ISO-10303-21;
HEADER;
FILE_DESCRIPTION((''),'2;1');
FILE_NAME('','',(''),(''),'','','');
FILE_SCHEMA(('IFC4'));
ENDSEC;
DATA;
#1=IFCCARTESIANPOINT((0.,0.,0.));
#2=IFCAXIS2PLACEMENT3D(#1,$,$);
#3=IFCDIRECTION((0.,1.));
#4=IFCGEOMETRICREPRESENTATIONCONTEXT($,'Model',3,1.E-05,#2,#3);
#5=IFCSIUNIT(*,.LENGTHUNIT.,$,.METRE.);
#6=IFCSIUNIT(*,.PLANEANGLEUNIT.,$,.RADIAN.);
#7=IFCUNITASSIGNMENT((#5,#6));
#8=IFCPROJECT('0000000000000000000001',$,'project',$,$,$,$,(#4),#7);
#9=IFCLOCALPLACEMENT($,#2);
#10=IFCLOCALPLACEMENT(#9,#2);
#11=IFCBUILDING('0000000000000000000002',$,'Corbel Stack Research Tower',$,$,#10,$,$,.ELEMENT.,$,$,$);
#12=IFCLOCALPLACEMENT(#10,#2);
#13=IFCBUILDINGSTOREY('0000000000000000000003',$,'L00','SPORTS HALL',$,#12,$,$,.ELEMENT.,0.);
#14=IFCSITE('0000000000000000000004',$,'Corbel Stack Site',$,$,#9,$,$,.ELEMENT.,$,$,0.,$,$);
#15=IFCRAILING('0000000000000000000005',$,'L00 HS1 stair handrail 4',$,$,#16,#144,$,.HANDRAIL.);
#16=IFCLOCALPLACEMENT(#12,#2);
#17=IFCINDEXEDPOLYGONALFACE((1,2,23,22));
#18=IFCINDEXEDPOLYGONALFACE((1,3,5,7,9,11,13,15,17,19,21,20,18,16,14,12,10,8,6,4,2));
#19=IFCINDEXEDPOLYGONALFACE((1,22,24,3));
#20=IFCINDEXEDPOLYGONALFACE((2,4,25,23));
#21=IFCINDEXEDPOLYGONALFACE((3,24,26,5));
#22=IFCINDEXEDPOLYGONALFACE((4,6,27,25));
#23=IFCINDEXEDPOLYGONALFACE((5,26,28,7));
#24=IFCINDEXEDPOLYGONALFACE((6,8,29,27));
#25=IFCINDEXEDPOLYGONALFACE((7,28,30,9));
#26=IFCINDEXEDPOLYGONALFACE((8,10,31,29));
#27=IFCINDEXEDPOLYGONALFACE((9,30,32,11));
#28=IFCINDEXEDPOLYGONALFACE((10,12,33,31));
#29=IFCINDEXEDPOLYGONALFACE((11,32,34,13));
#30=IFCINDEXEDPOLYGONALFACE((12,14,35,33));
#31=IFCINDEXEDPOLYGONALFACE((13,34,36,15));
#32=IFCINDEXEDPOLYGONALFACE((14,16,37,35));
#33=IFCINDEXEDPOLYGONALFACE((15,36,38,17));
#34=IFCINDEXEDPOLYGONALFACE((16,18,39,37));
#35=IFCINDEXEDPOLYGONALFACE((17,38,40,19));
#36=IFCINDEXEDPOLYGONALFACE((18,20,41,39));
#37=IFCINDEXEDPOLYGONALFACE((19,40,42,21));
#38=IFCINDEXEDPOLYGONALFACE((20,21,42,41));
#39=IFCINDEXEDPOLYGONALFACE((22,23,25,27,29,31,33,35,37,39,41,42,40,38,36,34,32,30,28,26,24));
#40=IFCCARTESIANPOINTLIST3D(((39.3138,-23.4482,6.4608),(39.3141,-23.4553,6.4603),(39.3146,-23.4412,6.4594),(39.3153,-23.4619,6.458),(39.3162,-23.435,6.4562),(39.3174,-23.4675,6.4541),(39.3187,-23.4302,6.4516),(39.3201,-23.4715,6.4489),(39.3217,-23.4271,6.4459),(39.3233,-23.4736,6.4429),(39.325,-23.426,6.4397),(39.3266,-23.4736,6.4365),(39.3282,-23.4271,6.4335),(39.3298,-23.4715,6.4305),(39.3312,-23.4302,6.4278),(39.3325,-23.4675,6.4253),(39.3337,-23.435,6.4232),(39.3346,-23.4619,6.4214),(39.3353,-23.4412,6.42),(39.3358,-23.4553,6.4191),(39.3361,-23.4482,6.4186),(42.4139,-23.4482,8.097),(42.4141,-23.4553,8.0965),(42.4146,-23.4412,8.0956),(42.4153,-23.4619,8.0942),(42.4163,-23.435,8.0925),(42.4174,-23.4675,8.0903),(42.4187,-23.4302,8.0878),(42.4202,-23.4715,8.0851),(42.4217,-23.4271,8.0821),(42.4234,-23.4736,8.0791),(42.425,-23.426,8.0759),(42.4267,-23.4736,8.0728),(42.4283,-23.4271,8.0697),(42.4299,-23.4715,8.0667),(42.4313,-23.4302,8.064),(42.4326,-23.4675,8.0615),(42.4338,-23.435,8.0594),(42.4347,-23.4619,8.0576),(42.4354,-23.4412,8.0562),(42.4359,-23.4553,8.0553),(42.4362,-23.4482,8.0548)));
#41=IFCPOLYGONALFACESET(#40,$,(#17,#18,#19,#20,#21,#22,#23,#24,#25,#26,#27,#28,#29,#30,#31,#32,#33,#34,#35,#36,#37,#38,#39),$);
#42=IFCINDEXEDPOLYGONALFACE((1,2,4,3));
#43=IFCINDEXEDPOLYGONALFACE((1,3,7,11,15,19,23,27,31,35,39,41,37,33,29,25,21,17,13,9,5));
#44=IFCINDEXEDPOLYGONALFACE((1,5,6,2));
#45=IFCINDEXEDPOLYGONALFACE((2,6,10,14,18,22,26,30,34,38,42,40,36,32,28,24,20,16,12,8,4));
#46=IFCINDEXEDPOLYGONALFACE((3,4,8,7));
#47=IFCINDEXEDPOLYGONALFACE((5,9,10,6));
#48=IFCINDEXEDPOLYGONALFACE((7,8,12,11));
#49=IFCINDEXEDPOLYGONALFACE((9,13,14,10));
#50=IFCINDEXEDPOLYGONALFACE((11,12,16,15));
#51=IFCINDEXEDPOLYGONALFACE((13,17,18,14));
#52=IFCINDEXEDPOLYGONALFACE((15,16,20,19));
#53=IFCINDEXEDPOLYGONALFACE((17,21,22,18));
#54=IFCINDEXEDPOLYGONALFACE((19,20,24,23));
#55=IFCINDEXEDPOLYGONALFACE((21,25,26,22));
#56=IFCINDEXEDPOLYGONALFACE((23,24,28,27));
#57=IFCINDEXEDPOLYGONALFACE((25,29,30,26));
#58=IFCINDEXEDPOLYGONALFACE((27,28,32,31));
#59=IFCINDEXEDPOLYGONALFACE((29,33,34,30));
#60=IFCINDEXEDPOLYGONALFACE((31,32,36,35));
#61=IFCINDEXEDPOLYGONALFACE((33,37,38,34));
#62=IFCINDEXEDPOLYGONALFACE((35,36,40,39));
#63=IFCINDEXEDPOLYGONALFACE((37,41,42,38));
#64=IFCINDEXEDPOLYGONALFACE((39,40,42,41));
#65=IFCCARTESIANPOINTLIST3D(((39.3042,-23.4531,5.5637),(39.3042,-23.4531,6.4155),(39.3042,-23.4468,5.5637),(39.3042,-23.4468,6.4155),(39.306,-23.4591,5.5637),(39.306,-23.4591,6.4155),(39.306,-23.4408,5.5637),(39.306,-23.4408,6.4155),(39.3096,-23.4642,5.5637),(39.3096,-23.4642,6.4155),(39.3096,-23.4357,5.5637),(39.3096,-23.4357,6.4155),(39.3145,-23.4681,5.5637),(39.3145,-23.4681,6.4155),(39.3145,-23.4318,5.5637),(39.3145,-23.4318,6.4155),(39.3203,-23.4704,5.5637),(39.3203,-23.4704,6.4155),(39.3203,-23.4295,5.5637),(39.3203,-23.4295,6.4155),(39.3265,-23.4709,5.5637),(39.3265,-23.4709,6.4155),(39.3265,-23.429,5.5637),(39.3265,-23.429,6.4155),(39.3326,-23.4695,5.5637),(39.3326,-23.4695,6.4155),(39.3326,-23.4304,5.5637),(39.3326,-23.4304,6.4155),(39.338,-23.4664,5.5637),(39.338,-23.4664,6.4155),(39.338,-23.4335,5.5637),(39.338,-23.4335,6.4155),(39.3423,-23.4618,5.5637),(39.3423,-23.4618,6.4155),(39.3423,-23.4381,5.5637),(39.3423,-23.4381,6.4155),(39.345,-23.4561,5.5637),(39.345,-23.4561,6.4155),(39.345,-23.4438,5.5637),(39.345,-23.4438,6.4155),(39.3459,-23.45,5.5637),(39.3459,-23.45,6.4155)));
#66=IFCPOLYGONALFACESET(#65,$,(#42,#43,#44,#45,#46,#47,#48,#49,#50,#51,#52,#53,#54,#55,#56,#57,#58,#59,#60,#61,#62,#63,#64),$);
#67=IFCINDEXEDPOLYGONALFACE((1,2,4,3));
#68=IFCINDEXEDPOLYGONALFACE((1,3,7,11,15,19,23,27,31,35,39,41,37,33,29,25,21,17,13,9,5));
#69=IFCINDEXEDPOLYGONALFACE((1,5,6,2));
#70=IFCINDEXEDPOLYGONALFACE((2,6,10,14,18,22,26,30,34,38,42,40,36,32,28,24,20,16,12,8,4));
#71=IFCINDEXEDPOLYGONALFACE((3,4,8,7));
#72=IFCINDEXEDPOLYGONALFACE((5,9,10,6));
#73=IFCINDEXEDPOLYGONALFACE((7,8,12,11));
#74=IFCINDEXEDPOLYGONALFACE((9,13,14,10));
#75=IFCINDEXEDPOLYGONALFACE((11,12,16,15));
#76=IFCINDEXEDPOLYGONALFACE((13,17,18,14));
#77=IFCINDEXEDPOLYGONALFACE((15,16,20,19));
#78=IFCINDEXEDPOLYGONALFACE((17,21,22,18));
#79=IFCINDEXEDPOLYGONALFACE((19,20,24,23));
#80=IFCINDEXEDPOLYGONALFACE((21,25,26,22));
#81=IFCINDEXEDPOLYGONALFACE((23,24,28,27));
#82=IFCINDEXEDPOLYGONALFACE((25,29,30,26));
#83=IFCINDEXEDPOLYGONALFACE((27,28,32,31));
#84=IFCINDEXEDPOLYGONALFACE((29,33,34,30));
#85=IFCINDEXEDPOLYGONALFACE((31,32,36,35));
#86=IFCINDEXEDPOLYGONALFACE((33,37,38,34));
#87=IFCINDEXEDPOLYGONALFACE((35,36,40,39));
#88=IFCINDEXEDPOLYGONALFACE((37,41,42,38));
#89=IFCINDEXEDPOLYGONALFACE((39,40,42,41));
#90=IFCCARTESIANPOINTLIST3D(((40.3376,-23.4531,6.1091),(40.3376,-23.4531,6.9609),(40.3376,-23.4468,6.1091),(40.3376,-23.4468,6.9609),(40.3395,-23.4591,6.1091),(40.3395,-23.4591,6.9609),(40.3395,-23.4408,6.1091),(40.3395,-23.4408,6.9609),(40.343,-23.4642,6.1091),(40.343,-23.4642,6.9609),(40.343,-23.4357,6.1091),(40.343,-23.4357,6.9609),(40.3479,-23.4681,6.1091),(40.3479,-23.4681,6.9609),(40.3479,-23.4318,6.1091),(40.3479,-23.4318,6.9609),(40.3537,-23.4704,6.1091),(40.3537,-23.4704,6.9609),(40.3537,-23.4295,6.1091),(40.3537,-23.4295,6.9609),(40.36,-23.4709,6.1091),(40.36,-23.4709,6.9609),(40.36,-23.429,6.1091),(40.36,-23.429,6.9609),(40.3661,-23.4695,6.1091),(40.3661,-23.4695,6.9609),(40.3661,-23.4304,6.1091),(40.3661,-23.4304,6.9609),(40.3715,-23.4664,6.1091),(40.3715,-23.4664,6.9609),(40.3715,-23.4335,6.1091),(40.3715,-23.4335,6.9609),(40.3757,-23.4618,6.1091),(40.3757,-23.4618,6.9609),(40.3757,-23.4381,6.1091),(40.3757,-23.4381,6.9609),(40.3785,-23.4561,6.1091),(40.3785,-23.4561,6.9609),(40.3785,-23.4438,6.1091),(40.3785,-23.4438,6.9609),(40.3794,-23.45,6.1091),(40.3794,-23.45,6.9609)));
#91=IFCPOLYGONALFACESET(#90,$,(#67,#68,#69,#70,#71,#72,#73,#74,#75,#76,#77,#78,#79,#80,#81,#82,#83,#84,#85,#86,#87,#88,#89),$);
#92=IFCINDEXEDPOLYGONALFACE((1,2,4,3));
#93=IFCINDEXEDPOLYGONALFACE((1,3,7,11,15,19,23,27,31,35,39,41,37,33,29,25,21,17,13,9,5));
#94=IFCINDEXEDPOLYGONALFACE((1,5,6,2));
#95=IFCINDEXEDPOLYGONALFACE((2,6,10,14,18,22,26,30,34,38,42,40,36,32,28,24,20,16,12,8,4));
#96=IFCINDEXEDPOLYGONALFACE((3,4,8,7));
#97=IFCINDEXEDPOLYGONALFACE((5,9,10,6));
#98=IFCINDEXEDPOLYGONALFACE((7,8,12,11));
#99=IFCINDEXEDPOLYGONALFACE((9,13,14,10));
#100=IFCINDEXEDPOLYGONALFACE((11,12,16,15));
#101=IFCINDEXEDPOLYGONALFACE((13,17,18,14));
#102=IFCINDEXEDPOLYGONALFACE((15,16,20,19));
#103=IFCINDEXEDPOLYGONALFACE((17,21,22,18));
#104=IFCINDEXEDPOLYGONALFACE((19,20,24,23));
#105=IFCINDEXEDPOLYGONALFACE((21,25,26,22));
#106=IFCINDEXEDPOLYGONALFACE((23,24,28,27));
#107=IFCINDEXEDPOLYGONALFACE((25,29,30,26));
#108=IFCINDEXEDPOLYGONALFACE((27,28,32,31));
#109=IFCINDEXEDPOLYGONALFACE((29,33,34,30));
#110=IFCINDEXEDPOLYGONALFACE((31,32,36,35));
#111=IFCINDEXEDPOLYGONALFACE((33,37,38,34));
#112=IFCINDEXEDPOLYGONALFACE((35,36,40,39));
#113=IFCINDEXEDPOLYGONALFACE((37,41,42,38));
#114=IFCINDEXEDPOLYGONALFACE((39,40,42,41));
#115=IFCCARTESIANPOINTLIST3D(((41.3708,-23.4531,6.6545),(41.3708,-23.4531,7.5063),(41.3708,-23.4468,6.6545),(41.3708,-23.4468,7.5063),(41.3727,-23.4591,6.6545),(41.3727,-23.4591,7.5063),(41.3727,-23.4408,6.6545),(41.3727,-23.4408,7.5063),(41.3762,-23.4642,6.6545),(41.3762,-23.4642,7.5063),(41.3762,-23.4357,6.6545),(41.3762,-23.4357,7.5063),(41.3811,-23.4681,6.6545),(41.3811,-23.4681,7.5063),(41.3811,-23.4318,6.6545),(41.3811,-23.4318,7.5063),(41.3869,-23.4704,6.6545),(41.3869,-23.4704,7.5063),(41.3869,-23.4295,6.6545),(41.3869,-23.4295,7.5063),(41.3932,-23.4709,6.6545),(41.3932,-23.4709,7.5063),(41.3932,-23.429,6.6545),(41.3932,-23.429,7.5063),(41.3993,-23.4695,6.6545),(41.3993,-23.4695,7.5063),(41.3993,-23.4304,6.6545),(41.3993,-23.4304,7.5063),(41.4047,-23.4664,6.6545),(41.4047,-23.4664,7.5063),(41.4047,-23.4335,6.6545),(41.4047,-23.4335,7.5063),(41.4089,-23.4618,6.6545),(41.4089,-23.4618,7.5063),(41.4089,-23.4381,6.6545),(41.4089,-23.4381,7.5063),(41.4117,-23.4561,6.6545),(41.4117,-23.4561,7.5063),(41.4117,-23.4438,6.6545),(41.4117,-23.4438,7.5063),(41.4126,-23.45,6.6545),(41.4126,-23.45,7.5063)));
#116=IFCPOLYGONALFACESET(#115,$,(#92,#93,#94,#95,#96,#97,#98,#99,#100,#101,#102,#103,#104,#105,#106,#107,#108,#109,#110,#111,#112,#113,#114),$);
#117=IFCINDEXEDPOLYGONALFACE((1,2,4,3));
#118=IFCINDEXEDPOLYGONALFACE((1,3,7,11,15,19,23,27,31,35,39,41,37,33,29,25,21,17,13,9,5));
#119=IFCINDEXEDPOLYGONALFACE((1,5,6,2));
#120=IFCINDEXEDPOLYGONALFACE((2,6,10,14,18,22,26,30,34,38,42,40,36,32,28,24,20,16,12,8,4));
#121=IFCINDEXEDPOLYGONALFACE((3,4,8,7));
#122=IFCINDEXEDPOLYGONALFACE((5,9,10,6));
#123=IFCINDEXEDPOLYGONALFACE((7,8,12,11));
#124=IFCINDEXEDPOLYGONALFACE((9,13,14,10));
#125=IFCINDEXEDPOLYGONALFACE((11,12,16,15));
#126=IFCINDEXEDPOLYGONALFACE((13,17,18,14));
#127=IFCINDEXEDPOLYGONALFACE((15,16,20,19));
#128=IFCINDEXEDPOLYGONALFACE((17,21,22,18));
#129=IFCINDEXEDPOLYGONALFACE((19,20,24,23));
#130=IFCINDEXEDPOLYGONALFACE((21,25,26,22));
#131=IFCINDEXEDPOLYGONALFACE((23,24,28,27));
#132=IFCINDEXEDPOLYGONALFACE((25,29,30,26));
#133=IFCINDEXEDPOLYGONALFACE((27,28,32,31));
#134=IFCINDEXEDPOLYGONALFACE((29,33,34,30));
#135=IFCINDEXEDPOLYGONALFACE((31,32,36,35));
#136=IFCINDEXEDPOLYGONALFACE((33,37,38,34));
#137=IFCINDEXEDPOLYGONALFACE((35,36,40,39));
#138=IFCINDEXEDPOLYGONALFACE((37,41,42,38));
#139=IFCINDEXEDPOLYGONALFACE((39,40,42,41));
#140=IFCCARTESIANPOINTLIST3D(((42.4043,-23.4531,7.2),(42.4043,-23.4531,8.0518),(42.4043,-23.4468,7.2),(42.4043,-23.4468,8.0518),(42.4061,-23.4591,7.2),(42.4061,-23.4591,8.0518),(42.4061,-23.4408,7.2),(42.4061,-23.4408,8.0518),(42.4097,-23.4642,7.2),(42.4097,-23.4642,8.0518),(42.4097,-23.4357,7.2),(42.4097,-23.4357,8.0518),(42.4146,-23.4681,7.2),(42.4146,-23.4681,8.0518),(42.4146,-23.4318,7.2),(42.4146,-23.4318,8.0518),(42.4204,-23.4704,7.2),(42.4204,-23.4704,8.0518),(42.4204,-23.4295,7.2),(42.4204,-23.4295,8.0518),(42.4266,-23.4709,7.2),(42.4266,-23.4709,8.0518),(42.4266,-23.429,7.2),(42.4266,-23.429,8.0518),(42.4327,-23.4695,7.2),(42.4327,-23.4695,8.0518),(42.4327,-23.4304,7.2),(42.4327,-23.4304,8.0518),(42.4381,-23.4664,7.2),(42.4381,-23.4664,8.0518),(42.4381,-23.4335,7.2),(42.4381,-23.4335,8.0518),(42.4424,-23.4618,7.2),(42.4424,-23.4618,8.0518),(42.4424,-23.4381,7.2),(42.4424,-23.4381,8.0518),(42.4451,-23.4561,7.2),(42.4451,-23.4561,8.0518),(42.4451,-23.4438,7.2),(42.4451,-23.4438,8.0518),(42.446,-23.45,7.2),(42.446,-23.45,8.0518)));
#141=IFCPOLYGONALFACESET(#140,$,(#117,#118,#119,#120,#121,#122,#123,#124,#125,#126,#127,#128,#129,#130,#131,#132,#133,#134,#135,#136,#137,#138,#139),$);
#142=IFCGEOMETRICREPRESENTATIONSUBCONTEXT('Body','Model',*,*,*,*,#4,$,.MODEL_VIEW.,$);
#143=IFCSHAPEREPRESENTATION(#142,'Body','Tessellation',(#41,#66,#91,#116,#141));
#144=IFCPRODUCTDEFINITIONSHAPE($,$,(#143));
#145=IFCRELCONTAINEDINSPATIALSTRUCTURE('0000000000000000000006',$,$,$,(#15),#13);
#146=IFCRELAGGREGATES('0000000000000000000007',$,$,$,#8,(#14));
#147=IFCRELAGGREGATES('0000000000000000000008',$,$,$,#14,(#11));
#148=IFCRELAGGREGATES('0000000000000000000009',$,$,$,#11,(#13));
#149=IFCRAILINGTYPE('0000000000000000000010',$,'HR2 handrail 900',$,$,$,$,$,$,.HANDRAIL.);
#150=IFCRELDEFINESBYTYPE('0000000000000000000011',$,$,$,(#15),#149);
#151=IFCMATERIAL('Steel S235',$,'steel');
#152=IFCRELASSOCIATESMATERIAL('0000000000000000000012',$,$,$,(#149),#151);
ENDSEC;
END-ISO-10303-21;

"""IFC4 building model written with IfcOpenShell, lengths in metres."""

from ifc_helpers import new_model, si_unit, direction, frame, origin, origin_2d, place, context, subcontext, project, spatial, circle, extrude, material, type_object, element, save


model = new_model("IFC4")

# Units and contexts
model_context = context("Model", 3, precision=1e-05, world=origin(), true_north=direction((0.0, 1.0)))
body_context = subcontext(model_context, "Body", "Model", "MODEL_VIEW")
ifc_project = project(units=[si_unit("LENGTHUNIT", "METRE"), si_unit("PLANEANGLEUNIT", "RADIAN")], contexts=[model_context])

# Site, building, storey
site_placement = place(None, origin())
site = spatial("IfcSite", under=ifc_project, at=site_placement, Name="Corbel Stack Site", CompositionType="ELEMENT", RefElevation=0.0)
building_placement = place(site_placement, origin())
building = spatial("IfcBuilding", under=site, at=building_placement, Name="Corbel Stack Research Tower", CompositionType="ELEMENT")
storey_placement = place(building_placement, origin())
storey = spatial("IfcBuildingStorey", under=building, at=storey_placement, Name="L00", Description="SPORTS HALL", CompositionType="ELEMENT", Elevation=0.0)

# Railing
ifc_material_1 = material(Name="Steel S235", Category="steel")
railing_type_1 = type_object("IfcRailingType", Name="HR2 handrail 900", PredefinedType="HANDRAIL", material=ifc_material_1)
railing_1_placement = place(storey_placement, frame((39.325, -23.45, 5.5637)))
element("IfcRailing", 1, at=railing_1_placement, inside=storey, type_object=railing_type_1, Name="L00 HS1 stair handrail 4", PredefinedType="HANDRAIL", context=body_context, shape_type="SweptSolid", body=[
    extrude(circle(Radius=0.0239, at=origin_2d()), frame((0.0, 0.0, 0.876), z_axis=(0.884377, 0.0, 0.466774), x_axis=(0.0, 1.0, 0.0)), (0.0, 0.0, 1.0), 3.5054),
    extrude(circle(Radius=0.021, at=origin_2d()), origin(), (0.0, 0.0, 1.0), 0.8518),
    extrude(circle(Radius=0.021, at=origin_2d()), frame((1.0334, 0.0, 0.5454)), (0.0, 0.0, 1.0), 0.8518),
    extrude(circle(Radius=0.021, at=origin_2d()), frame((2.0667, 0.0, 1.0908)), (0.0, 0.0, 1.0), 0.8518),
    extrude(circle(Radius=0.021, at=origin_2d()), frame((3.1001, 0.0, 1.6362)), (0.0, 0.0, 1.0), 0.8518),
])

save(model, "model.ifc")
